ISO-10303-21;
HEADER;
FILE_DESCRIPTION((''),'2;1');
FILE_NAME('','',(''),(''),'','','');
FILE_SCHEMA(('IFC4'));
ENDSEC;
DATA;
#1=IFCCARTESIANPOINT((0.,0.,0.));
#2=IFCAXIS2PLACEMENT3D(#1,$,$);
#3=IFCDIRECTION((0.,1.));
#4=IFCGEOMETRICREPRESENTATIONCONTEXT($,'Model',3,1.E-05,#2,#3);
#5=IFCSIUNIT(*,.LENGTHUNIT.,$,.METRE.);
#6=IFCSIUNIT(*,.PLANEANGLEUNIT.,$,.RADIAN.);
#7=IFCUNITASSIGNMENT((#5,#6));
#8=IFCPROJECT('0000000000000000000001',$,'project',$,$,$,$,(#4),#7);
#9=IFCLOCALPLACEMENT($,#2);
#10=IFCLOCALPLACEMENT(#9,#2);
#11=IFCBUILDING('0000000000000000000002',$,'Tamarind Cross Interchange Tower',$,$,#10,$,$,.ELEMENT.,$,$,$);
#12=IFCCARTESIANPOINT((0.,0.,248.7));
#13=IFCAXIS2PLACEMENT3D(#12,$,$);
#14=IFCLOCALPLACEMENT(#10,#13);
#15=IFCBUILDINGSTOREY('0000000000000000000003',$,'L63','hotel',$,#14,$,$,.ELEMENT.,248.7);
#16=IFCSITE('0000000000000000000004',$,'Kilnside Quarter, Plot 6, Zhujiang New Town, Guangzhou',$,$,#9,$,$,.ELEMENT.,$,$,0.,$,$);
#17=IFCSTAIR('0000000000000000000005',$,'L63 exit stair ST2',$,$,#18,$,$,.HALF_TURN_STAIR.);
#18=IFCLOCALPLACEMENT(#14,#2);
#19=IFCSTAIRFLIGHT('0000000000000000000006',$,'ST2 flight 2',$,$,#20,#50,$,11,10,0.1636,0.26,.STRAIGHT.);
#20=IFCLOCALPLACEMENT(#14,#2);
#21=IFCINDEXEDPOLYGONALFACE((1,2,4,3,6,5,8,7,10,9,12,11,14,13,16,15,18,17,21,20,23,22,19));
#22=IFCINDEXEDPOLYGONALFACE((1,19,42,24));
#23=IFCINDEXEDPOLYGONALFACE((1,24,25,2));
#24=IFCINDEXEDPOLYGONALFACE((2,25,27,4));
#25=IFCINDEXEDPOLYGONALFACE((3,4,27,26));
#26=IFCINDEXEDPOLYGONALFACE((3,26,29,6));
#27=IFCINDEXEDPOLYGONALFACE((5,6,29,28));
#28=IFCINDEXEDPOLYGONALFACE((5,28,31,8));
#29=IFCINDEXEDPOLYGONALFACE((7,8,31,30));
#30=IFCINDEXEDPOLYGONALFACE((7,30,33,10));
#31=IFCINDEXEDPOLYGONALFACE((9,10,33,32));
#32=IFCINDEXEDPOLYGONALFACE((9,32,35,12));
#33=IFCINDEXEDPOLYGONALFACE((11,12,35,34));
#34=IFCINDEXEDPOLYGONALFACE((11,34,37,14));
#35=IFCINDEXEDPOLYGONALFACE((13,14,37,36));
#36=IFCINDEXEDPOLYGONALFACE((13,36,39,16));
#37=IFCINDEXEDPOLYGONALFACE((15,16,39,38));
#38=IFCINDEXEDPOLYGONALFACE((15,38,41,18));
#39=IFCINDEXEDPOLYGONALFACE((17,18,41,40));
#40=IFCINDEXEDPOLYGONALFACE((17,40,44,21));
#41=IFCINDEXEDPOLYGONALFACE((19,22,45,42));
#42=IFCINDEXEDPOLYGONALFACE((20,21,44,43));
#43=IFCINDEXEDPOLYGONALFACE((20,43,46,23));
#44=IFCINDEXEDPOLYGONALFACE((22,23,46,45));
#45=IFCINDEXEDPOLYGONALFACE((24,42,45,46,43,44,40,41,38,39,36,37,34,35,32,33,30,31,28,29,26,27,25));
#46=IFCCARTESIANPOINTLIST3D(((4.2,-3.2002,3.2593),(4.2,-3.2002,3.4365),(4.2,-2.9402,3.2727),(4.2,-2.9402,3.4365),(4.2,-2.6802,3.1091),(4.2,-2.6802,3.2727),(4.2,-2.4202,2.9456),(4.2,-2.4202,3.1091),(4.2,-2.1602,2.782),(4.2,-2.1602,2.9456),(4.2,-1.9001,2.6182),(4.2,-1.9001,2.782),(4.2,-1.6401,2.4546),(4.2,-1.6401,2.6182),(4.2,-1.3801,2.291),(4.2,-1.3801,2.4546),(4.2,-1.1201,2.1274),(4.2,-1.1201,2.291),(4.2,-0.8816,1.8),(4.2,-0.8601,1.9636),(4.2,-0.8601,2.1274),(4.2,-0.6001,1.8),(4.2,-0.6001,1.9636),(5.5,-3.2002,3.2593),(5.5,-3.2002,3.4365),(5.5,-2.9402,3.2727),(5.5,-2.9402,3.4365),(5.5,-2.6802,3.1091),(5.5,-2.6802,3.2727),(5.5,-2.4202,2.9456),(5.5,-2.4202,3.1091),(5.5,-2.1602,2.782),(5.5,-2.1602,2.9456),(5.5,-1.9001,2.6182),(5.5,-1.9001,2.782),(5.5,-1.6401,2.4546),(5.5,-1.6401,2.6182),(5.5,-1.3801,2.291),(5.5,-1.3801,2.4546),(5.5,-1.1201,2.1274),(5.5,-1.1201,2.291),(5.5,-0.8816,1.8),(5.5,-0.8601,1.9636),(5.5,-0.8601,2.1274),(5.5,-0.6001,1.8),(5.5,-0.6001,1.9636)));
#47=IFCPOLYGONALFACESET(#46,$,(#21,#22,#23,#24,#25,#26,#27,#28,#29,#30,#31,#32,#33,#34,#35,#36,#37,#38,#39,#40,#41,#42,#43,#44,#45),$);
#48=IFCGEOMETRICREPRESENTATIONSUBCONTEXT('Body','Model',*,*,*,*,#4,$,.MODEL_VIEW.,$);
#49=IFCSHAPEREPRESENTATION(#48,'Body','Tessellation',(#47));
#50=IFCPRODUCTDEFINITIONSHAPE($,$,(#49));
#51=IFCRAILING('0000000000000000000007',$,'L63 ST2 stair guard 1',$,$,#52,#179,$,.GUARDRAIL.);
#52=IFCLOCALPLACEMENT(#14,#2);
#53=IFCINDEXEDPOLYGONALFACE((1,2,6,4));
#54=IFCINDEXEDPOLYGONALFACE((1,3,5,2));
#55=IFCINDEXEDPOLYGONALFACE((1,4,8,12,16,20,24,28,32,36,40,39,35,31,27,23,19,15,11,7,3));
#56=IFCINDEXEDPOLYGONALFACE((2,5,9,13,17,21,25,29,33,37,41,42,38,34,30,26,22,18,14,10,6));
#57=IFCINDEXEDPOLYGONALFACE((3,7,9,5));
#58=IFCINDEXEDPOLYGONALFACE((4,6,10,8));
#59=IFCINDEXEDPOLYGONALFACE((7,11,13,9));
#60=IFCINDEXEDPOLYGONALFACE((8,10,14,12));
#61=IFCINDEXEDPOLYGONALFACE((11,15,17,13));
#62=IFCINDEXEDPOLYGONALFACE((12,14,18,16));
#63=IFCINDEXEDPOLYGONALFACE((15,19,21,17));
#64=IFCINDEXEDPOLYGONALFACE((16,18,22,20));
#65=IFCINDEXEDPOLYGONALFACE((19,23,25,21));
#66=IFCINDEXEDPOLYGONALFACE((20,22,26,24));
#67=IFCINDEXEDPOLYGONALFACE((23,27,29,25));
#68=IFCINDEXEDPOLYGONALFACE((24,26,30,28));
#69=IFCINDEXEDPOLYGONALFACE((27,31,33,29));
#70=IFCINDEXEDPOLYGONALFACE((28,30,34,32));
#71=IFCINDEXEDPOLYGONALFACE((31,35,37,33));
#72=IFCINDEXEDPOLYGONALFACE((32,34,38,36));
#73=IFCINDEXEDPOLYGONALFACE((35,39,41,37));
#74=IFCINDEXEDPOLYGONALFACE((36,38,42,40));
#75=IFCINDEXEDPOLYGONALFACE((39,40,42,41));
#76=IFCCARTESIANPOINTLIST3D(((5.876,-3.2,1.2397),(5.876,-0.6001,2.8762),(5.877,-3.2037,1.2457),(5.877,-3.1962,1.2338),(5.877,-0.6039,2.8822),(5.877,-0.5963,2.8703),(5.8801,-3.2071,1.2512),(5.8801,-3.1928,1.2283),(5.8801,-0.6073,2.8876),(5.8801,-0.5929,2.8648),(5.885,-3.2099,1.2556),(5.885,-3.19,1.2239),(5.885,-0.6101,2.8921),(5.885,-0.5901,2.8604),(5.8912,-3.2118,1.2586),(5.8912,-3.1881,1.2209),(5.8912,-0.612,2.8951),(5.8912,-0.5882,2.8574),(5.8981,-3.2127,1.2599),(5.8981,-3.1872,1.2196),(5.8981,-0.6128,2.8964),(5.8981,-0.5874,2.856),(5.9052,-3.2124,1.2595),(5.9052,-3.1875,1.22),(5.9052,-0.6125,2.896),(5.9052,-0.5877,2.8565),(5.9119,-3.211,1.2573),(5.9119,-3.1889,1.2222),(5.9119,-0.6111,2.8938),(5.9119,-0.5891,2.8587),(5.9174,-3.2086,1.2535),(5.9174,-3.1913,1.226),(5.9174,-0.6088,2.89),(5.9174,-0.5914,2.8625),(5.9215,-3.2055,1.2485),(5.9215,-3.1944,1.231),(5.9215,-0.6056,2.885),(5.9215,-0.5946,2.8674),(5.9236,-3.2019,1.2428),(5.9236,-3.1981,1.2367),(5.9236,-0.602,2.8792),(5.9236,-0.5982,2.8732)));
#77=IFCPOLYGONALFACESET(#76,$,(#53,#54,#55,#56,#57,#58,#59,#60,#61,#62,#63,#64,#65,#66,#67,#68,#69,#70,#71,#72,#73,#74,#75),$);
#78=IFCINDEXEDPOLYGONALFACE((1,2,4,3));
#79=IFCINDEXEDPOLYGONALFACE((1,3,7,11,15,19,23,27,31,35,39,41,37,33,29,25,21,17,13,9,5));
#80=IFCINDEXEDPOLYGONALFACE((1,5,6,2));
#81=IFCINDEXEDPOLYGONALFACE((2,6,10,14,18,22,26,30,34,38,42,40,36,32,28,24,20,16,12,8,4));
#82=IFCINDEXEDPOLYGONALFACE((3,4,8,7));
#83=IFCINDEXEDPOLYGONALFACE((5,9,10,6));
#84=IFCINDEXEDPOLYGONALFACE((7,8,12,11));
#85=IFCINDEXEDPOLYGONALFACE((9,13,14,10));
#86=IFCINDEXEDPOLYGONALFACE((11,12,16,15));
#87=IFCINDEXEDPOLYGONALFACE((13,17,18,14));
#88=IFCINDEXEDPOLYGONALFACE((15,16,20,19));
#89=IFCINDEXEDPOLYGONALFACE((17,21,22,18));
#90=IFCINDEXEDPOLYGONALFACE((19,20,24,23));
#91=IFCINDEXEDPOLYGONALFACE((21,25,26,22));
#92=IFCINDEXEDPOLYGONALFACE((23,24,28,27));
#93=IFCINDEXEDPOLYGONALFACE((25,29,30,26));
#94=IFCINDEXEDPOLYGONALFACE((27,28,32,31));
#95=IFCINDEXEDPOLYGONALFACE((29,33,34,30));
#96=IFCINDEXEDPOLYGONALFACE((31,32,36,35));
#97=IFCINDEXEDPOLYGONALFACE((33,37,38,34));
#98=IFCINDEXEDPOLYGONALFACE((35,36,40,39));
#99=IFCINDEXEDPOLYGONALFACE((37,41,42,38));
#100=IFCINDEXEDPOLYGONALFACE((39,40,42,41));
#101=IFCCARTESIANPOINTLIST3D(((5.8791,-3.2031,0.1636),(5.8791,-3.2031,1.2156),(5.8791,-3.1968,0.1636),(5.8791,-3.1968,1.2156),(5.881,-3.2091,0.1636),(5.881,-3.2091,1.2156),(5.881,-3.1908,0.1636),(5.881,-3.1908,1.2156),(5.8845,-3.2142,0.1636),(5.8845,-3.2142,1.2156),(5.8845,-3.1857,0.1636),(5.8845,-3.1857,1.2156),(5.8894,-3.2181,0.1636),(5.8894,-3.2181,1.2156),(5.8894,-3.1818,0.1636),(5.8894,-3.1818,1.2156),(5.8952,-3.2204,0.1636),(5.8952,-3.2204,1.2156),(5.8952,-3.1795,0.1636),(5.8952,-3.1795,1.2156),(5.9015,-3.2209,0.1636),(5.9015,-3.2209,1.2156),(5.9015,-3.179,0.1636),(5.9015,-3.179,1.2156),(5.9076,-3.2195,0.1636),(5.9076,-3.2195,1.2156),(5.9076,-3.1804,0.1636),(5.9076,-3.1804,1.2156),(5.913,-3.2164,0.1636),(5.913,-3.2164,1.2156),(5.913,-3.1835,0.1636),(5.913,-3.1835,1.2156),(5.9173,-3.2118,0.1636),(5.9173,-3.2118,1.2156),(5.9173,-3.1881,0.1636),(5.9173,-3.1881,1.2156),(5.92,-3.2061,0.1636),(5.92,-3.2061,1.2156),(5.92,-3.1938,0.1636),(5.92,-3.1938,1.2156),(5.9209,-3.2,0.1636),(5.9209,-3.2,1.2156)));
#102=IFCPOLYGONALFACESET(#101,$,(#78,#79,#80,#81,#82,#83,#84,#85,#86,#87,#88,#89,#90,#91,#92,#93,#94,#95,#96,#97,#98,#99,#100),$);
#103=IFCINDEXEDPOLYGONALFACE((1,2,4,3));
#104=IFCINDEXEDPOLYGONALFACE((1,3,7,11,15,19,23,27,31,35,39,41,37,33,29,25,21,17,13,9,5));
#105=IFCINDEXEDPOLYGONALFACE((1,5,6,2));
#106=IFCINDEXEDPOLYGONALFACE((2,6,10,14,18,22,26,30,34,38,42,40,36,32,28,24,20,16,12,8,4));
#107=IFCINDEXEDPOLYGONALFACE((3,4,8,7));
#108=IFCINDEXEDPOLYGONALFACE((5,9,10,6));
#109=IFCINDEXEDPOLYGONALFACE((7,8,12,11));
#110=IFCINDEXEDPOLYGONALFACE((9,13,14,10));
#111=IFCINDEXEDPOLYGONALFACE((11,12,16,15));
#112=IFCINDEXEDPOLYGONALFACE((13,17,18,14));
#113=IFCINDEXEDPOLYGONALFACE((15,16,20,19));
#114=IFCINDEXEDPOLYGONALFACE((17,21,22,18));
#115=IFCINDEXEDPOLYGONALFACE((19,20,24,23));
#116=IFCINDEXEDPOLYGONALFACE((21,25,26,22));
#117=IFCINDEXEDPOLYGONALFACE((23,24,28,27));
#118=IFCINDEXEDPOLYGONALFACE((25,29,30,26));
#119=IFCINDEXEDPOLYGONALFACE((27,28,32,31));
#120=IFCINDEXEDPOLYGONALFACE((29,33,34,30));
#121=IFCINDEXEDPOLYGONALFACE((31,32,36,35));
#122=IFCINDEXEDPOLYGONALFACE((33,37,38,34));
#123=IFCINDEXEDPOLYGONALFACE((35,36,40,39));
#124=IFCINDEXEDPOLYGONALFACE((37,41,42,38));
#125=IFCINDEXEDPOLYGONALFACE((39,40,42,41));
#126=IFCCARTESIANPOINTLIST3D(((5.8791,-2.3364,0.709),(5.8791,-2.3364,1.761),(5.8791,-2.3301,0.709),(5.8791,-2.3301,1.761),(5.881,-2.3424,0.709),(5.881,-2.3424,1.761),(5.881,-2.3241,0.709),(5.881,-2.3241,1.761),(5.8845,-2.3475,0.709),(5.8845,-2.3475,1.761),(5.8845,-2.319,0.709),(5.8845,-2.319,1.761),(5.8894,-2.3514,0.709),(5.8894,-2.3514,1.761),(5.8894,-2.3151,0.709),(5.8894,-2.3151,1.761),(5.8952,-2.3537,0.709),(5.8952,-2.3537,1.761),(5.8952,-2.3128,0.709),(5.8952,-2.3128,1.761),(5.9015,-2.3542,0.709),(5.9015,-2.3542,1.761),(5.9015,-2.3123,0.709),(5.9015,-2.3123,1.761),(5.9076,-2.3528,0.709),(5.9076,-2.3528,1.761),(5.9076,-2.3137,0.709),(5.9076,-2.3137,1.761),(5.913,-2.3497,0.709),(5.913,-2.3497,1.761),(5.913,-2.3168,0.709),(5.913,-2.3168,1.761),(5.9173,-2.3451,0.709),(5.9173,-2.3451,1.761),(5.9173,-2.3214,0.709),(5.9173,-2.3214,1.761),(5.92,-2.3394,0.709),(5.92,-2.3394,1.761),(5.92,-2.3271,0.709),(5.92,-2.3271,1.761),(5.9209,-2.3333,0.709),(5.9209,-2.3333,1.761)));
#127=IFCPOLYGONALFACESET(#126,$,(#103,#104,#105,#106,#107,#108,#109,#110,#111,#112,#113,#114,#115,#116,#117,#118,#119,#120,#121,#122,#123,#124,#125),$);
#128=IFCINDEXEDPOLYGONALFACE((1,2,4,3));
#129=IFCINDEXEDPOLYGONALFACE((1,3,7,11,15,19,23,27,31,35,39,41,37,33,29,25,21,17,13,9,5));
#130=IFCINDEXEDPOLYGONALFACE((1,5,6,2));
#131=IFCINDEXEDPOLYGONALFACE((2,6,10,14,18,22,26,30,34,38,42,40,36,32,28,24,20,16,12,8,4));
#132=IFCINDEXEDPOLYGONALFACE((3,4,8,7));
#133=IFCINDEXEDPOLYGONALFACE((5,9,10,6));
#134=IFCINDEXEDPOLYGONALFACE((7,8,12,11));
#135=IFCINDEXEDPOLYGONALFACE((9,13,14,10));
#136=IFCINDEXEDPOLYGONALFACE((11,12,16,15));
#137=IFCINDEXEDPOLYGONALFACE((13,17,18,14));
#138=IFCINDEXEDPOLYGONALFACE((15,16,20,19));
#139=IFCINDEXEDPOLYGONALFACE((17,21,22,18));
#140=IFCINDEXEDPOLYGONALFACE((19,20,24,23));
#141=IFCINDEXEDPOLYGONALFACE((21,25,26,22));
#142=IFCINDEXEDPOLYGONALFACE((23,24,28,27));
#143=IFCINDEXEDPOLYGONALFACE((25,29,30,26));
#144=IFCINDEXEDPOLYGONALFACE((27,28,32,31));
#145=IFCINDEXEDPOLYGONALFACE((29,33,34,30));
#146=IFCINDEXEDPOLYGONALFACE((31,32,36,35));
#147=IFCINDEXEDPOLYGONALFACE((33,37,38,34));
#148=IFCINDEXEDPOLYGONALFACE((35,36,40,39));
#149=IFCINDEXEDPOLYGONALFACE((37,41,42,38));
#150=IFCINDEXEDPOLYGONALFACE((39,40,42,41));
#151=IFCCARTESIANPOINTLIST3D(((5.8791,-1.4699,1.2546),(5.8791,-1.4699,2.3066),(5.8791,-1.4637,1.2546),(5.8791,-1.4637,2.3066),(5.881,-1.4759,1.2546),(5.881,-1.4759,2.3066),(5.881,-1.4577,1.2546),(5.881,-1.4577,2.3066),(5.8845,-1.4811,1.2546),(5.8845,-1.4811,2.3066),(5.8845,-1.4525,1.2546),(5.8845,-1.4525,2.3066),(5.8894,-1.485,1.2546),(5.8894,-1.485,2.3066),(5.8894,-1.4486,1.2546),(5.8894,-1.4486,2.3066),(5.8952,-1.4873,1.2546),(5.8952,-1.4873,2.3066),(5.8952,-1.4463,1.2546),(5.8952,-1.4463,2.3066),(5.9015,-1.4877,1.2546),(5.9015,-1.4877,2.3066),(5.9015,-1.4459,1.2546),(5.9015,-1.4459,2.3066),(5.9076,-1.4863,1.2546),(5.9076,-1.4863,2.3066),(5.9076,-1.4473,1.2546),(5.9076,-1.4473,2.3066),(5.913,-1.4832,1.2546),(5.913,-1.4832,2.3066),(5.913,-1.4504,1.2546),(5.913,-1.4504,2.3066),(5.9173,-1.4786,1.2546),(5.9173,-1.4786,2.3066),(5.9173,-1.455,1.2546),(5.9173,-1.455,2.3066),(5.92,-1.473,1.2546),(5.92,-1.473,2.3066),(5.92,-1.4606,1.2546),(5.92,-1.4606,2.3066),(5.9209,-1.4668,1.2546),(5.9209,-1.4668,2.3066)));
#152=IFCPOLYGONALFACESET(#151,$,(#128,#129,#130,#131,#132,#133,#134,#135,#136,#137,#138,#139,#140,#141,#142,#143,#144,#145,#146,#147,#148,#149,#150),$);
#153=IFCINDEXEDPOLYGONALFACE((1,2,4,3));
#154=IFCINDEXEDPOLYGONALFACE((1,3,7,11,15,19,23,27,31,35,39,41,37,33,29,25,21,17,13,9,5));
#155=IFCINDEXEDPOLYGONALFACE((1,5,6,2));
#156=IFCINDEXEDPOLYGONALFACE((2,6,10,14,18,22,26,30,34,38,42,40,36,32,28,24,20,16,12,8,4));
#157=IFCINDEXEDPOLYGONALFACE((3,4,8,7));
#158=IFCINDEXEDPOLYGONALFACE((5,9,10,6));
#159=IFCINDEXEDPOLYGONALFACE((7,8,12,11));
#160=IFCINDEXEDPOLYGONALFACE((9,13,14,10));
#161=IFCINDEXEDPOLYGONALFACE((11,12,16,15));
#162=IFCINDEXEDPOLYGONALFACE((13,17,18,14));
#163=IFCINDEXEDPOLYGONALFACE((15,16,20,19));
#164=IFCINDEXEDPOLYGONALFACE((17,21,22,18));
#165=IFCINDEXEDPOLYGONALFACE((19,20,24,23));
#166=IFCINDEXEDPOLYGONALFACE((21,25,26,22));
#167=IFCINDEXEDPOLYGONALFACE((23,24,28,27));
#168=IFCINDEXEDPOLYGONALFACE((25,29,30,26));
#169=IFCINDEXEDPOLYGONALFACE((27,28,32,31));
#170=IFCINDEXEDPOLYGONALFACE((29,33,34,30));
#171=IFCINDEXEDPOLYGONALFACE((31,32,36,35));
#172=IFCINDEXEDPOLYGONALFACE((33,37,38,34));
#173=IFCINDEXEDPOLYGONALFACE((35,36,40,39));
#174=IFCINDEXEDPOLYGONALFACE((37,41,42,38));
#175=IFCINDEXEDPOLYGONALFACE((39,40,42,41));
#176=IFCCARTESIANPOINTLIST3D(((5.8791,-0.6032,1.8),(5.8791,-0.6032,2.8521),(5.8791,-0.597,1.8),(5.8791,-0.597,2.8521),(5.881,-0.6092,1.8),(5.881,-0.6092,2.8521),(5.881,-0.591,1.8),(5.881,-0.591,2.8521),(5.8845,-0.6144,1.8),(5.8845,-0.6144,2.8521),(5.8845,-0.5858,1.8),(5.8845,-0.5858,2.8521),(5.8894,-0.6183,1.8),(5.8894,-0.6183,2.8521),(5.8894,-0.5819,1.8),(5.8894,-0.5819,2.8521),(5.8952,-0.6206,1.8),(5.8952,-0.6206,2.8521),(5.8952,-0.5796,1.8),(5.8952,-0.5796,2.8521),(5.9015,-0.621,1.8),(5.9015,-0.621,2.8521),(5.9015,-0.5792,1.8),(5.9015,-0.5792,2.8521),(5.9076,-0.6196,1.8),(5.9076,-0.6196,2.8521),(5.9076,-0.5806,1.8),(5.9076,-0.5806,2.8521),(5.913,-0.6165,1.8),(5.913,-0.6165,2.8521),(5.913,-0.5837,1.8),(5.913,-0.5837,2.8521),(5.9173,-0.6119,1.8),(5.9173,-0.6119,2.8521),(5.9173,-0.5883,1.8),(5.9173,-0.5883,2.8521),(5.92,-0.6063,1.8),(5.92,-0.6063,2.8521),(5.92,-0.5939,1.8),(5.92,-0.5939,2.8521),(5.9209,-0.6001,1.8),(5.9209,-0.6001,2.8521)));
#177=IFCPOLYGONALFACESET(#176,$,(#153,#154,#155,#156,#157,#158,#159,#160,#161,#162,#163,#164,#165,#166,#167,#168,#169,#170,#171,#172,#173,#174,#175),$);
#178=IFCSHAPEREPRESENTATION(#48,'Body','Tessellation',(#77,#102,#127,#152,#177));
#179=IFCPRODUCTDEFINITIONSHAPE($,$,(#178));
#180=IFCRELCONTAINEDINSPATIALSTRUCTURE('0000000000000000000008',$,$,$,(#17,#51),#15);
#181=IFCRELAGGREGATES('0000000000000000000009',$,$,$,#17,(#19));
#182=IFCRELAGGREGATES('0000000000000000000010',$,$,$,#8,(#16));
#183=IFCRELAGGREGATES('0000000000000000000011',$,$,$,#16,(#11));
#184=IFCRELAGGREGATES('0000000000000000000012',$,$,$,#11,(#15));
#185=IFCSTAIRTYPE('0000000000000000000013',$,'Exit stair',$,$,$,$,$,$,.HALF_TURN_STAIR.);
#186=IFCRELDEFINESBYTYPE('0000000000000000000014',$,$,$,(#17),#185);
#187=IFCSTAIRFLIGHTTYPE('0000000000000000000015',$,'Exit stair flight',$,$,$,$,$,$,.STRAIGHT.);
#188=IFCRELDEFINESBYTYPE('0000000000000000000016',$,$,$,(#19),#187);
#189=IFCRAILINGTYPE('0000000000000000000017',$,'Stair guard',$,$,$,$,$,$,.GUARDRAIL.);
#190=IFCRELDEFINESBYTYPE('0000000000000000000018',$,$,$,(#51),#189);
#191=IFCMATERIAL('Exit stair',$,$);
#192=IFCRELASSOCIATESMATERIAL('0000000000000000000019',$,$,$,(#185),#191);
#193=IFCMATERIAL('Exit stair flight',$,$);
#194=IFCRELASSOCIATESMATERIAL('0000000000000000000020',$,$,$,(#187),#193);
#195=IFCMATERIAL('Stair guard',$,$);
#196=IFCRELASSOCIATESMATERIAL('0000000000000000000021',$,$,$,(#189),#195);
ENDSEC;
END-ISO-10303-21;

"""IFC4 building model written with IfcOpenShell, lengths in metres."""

from ifc_helpers import new_model, si_unit, direction, frame, origin, origin_2d, place, context, subcontext, project, spatial, polyline, circle, outline, extrude, material, type_object, element, aggregate, save


model = new_model("IFC4")

# Units and contexts
model_context = context("Model", 3, precision=1e-05, world=origin(), true_north=direction((0.0, 1.0)))
body_context = subcontext(model_context, "Body", "Model", "MODEL_VIEW")
ifc_project = project(units=[si_unit("LENGTHUNIT", "METRE"), si_unit("PLANEANGLEUNIT", "RADIAN")], contexts=[model_context])

# Site, building, storey
site_placement = place(None, origin())
site = spatial("IfcSite", under=ifc_project, at=site_placement, Name="Kilnside Quarter, Plot 6, Zhujiang New Town, Guangzhou", CompositionType="ELEMENT", RefElevation=0.0)
building_placement = place(site_placement, origin())
building = spatial("IfcBuilding", under=site, at=building_placement, Name="Tamarind Cross Interchange Tower", CompositionType="ELEMENT")
storey_placement = place(building_placement, frame((0.0, 0.0, 248.7)))
storey = spatial("IfcBuildingStorey", under=building, at=storey_placement, Name="L63", Description="hotel", CompositionType="ELEMENT", Elevation=248.7)

# Stair, stair flight
ifc_material_1 = material(Name="Exit stair")
stair_type = type_object("IfcStairType", Name="Exit stair", PredefinedType="HALF_TURN_STAIR", material=ifc_material_1)
stair_placement = place(storey_placement, origin())
stair = element("IfcStair", 1, at=stair_placement, inside=storey, type_object=stair_type, Name="L63 exit stair ST2", PredefinedType="HALF_TURN_STAIR")
ifc_material_2 = material(Name="Exit stair flight")
stair_flight_type = type_object("IfcStairFlightType", Name="Exit stair flight", PredefinedType="STRAIGHT", material=ifc_material_2)
stair_flight_1_placement = place(storey_placement, frame((4.8501, -0.6001, 1.8), z_axis=(0.0, 0.0, 1.0), x_axis=(0.0, -1.0, 0.0)))
stair_flight_1 = element("IfcStairFlight", 2, at=stair_flight_1_placement, type_object=stair_flight_type, Name="ST2 flight 2", NumberOfRisers=11, NumberOfTreads=10, PredefinedType="STRAIGHT", RiserHeight=0.1636, TreadLength=0.26, context=body_context, shape_type="SweptSolid", body=[
    extrude(outline(polyline([(0.0, 0.0), (0.0, 0.1636), (0.26, 0.1636), (0.26, 0.3274), (0.52, 0.3274), (0.52, 0.491), (0.78, 0.491), (0.78, 0.6545), (1.04, 0.6545), (1.04, 0.8181), (1.3, 0.8181), (1.3, 0.9819), (1.5601, 0.9819), (1.5601, 1.1455), (1.8201, 1.1455), (1.8201, 1.3091), (2.0801, 1.3091), (2.0801, 1.4727), (2.3401, 1.4727), (2.3401, 1.6365), (2.6001, 1.6365), (2.6001, 1.8), (2.6001, 1.4592), (0.2815, 0.0), (0.0, 0.0)])), frame((0.0, 0.6499, 0.0), z_axis=(0.0, -1.0, 0.0), x_axis=(1.0, 0.0, 0.0)), (0.0, 0.0, 1.0), 1.3),
])
aggregate(stair, [stair_flight_1])

# Railing
ifc_material_3 = material(Name="Stair guard")
railing_type_1 = type_object("IfcRailingType", Name="Stair guard", PredefinedType="GUARDRAIL", material=ifc_material_3)
railing_1_placement = place(storey_placement, frame((5.8999, -3.2, 0.1636)))
element("IfcRailing", 3, at=railing_1_placement, inside=storey, type_object=railing_type_1, Name="L63 ST2 stair guard 1", PredefinedType="GUARDRAIL", context=body_context, shape_type="SweptSolid", body=[
    extrude(circle(Radius=0.0239, at=origin_2d()), frame((0.0, 0.0, 1.0762), z_axis=(0.0, 0.846302, 0.532704), x_axis=(-1.0, 0.0, 0.0)), (0.0, 0.0, 1.0), 3.072),
    extrude(circle(Radius=0.021, at=origin_2d()), origin(), (0.0, 0.0, 1.0), 1.052),
    extrude(circle(Radius=0.021, at=origin_2d()), frame((0.0, 0.8667, 0.5454)), (0.0, 0.0, 1.0), 1.052),
    extrude(circle(Radius=0.021, at=origin_2d()), frame((0.0, 1.7332, 1.0911)), (0.0, 0.0, 1.0), 1.052),
    extrude(circle(Radius=0.021, at=origin_2d()), frame((0.0, 2.5999, 1.6365)), (0.0, 0.0, 1.0), 1.052),
])

save(model, "model.ifc")
